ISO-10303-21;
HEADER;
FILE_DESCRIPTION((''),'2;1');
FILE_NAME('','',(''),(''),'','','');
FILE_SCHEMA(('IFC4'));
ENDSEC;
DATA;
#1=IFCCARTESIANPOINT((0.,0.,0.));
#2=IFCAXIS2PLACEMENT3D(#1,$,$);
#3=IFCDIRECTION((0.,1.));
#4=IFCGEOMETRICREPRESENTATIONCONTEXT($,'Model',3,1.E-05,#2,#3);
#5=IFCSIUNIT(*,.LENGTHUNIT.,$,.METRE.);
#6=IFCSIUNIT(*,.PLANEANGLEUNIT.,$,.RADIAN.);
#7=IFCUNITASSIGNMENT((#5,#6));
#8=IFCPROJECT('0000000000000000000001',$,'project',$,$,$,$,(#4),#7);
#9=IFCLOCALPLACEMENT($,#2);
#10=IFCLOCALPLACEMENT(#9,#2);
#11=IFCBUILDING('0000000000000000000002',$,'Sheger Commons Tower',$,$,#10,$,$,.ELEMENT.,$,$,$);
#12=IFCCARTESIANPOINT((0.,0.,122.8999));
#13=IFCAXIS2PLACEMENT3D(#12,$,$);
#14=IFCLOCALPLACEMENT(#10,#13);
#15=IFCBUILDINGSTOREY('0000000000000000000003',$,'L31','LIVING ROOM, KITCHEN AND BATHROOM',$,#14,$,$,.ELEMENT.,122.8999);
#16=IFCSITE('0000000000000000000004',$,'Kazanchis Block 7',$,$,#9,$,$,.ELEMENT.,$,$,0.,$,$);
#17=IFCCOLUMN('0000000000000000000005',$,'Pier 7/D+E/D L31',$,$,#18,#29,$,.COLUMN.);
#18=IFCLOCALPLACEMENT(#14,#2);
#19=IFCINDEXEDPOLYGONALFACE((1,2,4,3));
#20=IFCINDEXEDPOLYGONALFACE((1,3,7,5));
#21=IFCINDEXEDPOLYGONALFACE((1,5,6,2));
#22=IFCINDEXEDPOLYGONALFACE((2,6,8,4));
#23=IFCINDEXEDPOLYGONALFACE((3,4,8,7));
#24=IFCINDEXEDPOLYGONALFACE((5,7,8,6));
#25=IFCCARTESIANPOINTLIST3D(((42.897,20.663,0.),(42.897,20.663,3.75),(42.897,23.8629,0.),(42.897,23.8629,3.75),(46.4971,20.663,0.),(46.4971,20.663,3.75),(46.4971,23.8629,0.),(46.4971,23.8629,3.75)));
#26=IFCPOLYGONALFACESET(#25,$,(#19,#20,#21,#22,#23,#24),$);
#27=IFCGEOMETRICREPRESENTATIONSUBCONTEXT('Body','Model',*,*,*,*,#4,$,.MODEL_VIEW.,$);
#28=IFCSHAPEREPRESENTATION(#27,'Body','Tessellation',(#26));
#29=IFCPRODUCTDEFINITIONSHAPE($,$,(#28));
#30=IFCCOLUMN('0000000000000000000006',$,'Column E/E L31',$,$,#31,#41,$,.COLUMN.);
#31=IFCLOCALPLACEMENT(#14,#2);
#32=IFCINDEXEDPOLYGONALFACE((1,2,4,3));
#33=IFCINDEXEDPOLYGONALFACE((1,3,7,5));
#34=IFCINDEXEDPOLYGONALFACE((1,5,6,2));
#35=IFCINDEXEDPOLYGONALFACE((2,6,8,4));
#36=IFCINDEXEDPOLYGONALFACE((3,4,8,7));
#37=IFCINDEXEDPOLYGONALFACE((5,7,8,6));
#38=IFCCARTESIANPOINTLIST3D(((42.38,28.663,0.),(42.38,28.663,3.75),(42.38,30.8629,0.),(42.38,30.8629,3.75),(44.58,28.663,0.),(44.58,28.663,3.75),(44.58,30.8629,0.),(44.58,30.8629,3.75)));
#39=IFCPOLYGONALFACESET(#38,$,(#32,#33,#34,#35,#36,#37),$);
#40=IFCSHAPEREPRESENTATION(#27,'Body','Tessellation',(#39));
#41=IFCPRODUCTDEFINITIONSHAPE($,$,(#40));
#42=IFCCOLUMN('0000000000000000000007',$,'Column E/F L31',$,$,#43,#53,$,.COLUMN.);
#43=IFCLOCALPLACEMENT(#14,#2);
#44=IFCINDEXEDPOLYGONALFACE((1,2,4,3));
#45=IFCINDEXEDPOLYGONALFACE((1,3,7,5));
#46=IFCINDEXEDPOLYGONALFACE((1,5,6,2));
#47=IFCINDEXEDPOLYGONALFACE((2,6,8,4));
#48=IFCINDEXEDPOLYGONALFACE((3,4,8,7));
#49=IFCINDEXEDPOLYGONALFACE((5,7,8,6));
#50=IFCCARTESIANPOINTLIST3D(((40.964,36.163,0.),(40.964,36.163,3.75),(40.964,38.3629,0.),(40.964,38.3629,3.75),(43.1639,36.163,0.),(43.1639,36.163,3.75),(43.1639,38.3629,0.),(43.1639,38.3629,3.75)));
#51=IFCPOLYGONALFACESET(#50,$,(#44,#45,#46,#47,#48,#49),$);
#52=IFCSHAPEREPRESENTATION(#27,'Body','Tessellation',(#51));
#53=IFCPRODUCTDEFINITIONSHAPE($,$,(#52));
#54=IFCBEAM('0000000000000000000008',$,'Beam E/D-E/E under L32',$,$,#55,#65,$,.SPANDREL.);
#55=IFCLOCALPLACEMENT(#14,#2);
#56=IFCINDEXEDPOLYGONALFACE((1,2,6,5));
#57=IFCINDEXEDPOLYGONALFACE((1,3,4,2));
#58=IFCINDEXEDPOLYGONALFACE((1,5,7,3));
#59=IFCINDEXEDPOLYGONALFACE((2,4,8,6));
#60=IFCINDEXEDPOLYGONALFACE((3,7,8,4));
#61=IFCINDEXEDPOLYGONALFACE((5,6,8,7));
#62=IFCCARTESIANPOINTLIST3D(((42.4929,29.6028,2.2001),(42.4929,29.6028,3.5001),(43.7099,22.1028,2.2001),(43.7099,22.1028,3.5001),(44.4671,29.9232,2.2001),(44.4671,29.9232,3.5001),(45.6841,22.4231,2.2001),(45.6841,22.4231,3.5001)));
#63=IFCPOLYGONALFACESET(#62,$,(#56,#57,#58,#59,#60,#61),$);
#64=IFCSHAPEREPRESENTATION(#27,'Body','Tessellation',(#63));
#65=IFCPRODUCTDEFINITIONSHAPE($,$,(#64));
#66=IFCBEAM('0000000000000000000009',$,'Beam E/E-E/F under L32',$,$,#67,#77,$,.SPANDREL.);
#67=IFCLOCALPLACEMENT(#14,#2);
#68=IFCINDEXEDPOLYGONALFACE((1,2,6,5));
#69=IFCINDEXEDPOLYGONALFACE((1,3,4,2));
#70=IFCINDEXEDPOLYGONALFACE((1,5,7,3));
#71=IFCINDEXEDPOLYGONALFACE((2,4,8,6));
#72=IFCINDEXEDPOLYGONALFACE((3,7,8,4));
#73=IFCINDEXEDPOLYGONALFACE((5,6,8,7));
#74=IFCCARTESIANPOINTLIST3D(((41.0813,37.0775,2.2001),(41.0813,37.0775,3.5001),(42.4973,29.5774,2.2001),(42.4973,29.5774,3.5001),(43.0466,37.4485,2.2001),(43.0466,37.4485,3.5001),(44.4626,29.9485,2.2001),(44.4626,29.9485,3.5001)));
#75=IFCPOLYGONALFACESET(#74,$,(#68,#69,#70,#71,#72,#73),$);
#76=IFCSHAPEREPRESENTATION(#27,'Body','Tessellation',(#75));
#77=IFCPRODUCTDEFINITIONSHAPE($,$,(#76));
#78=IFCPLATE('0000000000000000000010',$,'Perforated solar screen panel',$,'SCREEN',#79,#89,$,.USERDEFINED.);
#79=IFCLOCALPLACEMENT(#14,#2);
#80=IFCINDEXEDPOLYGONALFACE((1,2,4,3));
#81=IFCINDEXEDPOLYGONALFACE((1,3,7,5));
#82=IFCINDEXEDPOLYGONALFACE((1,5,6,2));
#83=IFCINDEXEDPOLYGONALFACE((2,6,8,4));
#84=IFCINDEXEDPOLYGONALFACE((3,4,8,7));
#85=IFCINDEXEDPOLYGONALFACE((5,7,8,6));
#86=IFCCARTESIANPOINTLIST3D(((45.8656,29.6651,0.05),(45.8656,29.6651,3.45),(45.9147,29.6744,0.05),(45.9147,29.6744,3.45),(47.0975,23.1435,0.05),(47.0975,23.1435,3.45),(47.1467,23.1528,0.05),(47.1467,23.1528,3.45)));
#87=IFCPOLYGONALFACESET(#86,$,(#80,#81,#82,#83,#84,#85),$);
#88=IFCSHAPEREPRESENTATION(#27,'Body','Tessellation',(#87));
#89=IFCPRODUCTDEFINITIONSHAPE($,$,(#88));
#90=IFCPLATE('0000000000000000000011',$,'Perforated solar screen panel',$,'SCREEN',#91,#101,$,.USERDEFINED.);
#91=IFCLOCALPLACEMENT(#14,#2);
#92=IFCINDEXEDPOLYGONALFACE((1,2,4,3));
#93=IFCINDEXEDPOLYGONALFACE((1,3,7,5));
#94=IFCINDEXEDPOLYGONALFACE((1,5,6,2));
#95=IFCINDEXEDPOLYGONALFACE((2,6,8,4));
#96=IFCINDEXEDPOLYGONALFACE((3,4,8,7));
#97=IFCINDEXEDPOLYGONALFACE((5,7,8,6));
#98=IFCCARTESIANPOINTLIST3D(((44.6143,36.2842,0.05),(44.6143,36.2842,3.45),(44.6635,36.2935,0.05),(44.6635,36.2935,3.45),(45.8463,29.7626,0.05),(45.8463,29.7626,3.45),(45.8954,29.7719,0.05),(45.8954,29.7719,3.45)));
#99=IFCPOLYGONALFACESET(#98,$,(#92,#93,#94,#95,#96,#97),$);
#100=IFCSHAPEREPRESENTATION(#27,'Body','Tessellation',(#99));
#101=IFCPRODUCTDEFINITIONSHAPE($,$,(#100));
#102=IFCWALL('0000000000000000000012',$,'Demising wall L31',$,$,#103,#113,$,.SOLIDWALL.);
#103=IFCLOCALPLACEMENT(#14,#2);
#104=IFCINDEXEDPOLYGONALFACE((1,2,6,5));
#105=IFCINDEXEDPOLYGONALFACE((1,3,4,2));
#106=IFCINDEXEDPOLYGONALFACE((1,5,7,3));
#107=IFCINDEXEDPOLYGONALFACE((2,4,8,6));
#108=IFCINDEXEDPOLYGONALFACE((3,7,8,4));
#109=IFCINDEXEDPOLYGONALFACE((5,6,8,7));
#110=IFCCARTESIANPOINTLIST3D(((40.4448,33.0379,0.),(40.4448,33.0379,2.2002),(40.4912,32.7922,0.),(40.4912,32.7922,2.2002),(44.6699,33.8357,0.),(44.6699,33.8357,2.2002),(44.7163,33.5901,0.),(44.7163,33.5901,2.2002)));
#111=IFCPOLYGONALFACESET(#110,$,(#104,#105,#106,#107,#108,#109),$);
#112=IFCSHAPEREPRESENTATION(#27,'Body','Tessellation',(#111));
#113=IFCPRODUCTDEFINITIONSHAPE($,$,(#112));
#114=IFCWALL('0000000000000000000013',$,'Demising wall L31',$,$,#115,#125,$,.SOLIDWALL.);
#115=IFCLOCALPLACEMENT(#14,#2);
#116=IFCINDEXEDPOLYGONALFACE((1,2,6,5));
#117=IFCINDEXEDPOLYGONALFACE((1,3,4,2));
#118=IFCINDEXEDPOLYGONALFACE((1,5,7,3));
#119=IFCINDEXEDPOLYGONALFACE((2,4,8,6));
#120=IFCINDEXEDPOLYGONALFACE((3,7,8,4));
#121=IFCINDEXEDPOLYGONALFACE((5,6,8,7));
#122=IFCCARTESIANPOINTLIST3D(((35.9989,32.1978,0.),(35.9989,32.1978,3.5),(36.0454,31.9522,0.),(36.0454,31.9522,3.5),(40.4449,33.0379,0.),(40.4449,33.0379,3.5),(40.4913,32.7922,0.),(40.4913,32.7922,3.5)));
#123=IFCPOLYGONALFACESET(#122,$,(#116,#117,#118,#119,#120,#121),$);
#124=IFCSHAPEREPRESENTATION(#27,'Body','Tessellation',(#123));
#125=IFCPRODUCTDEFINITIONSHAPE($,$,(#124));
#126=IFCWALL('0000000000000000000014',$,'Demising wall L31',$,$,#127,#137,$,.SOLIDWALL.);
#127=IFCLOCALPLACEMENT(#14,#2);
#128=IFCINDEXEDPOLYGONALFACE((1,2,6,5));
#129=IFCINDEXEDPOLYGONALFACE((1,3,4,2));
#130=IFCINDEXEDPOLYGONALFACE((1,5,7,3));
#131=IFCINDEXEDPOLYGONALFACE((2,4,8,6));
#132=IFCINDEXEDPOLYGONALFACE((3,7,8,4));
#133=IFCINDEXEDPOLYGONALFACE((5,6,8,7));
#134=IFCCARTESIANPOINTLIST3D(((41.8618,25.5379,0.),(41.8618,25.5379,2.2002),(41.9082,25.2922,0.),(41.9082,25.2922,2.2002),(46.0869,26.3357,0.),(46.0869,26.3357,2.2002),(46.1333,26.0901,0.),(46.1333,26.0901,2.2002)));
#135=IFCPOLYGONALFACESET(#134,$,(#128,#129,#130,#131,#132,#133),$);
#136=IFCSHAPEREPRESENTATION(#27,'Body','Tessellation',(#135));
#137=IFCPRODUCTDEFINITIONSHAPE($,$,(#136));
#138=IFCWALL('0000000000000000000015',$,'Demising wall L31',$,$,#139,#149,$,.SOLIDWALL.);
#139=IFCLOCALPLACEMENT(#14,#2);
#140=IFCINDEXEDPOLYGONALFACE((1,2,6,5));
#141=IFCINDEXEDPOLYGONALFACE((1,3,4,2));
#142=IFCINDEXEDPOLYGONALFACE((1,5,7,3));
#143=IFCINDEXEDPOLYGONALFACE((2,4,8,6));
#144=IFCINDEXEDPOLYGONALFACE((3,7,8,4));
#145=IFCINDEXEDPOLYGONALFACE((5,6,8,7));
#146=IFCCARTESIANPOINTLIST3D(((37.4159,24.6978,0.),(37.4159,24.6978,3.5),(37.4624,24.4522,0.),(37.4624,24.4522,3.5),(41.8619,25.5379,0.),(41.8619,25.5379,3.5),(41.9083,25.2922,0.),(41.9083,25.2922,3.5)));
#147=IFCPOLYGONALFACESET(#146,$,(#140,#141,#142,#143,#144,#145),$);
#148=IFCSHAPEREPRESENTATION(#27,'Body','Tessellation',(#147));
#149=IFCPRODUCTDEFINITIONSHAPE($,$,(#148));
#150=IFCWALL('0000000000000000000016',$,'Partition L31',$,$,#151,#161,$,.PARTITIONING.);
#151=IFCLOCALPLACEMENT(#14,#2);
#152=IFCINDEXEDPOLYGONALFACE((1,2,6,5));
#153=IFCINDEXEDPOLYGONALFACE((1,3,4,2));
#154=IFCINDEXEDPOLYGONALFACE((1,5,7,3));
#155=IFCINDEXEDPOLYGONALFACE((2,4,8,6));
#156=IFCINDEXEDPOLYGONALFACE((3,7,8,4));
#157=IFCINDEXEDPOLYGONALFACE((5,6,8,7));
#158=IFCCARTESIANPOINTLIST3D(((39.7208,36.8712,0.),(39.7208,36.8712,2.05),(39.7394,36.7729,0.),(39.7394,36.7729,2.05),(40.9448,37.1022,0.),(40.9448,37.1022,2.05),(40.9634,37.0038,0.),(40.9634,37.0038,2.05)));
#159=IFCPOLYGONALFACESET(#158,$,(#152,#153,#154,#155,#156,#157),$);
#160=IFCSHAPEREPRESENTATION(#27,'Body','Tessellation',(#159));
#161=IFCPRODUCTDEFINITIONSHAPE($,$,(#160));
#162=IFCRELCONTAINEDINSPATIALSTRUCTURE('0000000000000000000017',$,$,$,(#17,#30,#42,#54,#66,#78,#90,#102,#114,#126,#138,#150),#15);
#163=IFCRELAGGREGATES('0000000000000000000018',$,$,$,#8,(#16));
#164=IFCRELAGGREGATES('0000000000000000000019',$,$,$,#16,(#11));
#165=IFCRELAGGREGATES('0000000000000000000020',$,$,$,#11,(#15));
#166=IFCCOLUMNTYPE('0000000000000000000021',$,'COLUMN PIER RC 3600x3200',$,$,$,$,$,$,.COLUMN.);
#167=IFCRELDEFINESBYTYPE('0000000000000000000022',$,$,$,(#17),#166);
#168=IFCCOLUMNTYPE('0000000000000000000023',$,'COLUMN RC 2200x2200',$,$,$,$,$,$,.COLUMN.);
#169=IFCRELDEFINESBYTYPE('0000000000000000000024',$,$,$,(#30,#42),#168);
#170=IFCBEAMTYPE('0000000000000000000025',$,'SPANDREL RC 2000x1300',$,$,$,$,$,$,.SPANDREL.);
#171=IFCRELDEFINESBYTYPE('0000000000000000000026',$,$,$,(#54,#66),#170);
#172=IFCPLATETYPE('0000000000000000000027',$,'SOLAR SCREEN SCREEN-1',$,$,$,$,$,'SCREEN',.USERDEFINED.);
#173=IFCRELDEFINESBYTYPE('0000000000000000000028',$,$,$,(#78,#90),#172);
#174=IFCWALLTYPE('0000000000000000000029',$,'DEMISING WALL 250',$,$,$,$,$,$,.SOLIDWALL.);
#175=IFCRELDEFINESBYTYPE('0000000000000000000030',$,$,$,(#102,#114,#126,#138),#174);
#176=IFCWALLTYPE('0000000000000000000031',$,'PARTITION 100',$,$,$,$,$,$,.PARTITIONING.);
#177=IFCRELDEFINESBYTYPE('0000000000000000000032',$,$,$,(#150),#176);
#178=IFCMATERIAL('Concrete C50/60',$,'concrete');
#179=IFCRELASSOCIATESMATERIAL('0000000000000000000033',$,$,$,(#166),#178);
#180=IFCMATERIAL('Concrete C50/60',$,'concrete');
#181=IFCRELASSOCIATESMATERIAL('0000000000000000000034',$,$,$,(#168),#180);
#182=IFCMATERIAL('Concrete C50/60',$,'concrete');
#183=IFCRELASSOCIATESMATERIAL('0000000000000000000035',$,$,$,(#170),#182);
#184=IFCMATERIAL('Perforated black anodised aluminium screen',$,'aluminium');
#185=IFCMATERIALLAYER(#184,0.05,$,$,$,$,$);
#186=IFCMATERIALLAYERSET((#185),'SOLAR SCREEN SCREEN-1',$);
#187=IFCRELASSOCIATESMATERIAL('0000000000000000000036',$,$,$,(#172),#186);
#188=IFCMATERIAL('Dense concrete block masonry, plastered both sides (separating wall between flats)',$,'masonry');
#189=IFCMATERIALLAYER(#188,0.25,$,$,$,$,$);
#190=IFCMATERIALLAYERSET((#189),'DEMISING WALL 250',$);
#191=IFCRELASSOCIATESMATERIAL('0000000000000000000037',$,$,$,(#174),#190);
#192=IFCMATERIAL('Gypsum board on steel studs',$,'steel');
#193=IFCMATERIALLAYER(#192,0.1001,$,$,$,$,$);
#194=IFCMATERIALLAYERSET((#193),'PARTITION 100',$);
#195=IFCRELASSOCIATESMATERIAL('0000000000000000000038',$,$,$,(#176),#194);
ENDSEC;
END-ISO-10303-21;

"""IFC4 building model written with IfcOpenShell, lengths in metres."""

from ifc_helpers import new_model, si_unit, direction, frame, frame_2d, origin, origin_2d, place, context, subcontext, project, spatial, rectangle, extrude, material, layer, layer_set, material_profile, profile_set, type_object, element, save


model = new_model("IFC4")

# Units and contexts
model_context = context("Model", 3, precision=1e-05, world=origin(), true_north=direction((0.0, 1.0)))
body_context = subcontext(model_context, "Body", "Model", "MODEL_VIEW")
ifc_project = project(units=[si_unit("LENGTHUNIT", "METRE"), si_unit("PLANEANGLEUNIT", "RADIAN")], contexts=[model_context])

# Site, building, storey
site_placement = place(None, origin())
site = spatial("IfcSite", under=ifc_project, at=site_placement, Name="Kazanchis Block 7", CompositionType="ELEMENT", RefElevation=0.0)
building_placement = place(site_placement, origin())
building = spatial("IfcBuilding", under=site, at=building_placement, Name="Sheger Commons Tower", CompositionType="ELEMENT")
storey_placement = place(building_placement, frame((0.0, 0.0, 122.8999)))
storey = spatial("IfcBuildingStorey", under=building, at=storey_placement, Name="L31", Description="LIVING ROOM, KITCHEN AND BATHROOM", CompositionType="ELEMENT", Elevation=122.8999)

# Columns
ifc_material_1 = material(Name="Concrete C50/60", Category="concrete")
ifc_material_profile_1 = material_profile(ifc_material_1, rectangle(XDim=3.6001, YDim=3.2, at=origin_2d()), Name="RC 3600x3200")
ifc_profile_set_1 = profile_set([ifc_material_profile_1], Name="Concrete C50/60")
column_type_1 = type_object("IfcColumnType", Name="COLUMN PIER RC 3600x3200", PredefinedType="COLUMN", material=ifc_profile_set_1)
column_placement = place(storey_placement, frame((44.697, 22.2629, 0.0), z_axis=(0.0, 0.0, 1.0), x_axis=(1.0, 0.0, 0.0)))
element("IfcColumn", 1, at=column_placement, inside=storey, type_object=column_type_1, Name="Pier 7/D+E/D L31", PredefinedType="COLUMN", context=body_context, shape_type="SweptSolid", body=[
    extrude(rectangle(XDim=3.6001, YDim=3.2, at=origin_2d()), origin(), (0.0, 0.0, 1.0), 3.75),
])
ifc_material_2 = material(Name="Concrete C50/60", Category="concrete")
ifc_material_profile_2 = material_profile(ifc_material_2, rectangle(XDim=2.2, YDim=2.2, at=origin_2d()), Name="RC 2200x2200")
ifc_profile_set_2 = profile_set([ifc_material_profile_2], Name="Concrete C50/60")
column_type_2 = type_object("IfcColumnType", Name="COLUMN RC 2200x2200", PredefinedType="COLUMN", material=ifc_profile_set_2)
for number, where, z_axis, x_axis, name in (
    (2, (43.48, 29.7629, 0.0), (0.0, 0.0, 1.0), (1.0, 0.0, 0.0), "Column E/E L31"),
    (3, (42.064, 37.2629, 0.0), (0.0, 0.0, 1.0), (1.0, 0.0, 0.0), "Column E/F L31"),
):
    element("IfcColumn", number, at=place(storey_placement, frame(where, z_axis=z_axis, x_axis=x_axis)), inside=storey, type_object=column_type_2, Name=name, PredefinedType="COLUMN", context=body_context, shape_type="SweptSolid", body=[
        extrude(rectangle(XDim=2.2, YDim=2.2, at=origin_2d()), origin(), (0.0, 0.0, 1.0), 3.75),
    ])

# Beams
ifc_material_3 = material(Name="Concrete C50/60", Category="concrete")
ifc_material_profile_3 = material_profile(ifc_material_3, rectangle(XDim=2.0, YDim=1.3, at=origin_2d()), Name="RC 2000x1300")
ifc_profile_set_3 = profile_set([ifc_material_profile_3], Name="Concrete C50/60")
beam_type = type_object("IfcBeamType", Name="SPANDREL RC 2000x1300", PredefinedType="SPANDREL", material=ifc_profile_set_3)
beam_1_placement = place(storey_placement, frame((44.697, 22.2629, 2.8501), z_axis=(-0.160177, 0.987088, 0.0), x_axis=(-0.987088, -0.160177, 0.0)))
element("IfcBeam", 4, at=beam_1_placement, inside=storey, type_object=beam_type, Name="Beam E/D-E/E under L32", PredefinedType="SPANDREL", context=body_context, shape_type="SweptSolid", body=[
    extrude(rectangle(XDim=2.0, YDim=1.3, at=origin_2d()), origin(), (0.0, 0.0, 1.0), 7.5981),
])
beam_2_placement = place(storey_placement, frame((43.48, 29.7629, 2.8501), z_axis=(-0.185524, 0.98264, 0.0), x_axis=(-0.98264, -0.185524, 0.0)))
element("IfcBeam", 5, at=beam_2_placement, inside=storey, type_object=beam_type, Name="Beam E/E-E/F under L32", PredefinedType="SPANDREL", context=body_context, shape_type="SweptSolid", body=[
    extrude(rectangle(XDim=2.0, YDim=1.3, at=origin_2d()), origin(), (0.0, 0.0, 1.0), 7.6326),
])

# Plates
ifc_material_4 = material(Name="Perforated black anodised aluminium screen", Category="aluminium")
ifc_layer_1 = layer(ifc_material_4, 0.05)
ifc_layer_set_1 = layer_set([ifc_layer_1], Name="SOLAR SCREEN SCREEN-1")
plate_type = type_object("IfcPlateType", Name="SOLAR SCREEN SCREEN-1", ElementType="SCREEN", PredefinedType="USERDEFINED", material=ifc_layer_set_1)
for number, where, z_axis, x_axis, name in (
    (6, (46.5061, 26.4089, 0.05), (0.0, 0.0, 1.0), (-0.185615, 0.982623, 0.0), "Perforated solar screen panel"),
    (7, (45.2549, 33.0281, 0.05), (0.0, 0.0, 1.0), (-0.185615, 0.982623, 0.0), "Perforated solar screen panel"),
):
    element("IfcPlate", number, at=place(storey_placement, frame(where, z_axis=z_axis, x_axis=x_axis)), inside=storey, type_object=plate_type, Name=name, ObjectType="SCREEN", PredefinedType="USERDEFINED", context=body_context, shape_type="SweptSolid", body=[
        extrude(rectangle(XDim=6.637, YDim=0.05, at=origin_2d()), origin(), (0.0, 0.0, 1.0), 3.3999),
    ])

# Walls
ifc_material_5 = material(Name="Dense concrete block masonry, plastered both sides (separating wall between flats)", Category="masonry")
ifc_layer_2 = layer(ifc_material_5, 0.25)
ifc_layer_set_2 = layer_set([ifc_layer_2], Name="DEMISING WALL 250")
wall_type_1 = type_object("IfcWallType", Name="DEMISING WALL 250", PredefinedType="SOLIDWALL", material=ifc_layer_set_2)
wall_1_placement = place(storey_placement, frame((44.6931, 33.7129, 0.0), z_axis=(0.0, 0.0, 1.0), x_axis=(-0.982634, -0.185557, 0.0)))
element("IfcWall", 8, at=wall_1_placement, inside=storey, type_object=wall_type_1, Name="Demising wall L31", PredefinedType="SOLIDWALL", context=body_context, shape_type="SweptSolid", body=[
    extrude(rectangle(XDim=4.2998, YDim=0.25, at=frame_2d((2.1499, 0.0))), origin(), (0.0, 0.0, 1.0), 2.2002),
])
wall_2_placement = place(storey_placement, frame((40.468, 32.915, 0.0), z_axis=(0.0, 0.0, 1.0), x_axis=(-0.982613, -0.185666, 0.0)))
element("IfcWall", 9, at=wall_2_placement, inside=storey, type_object=wall_type_1, Name="Demising wall L31", PredefinedType="SOLIDWALL", context=body_context, shape_type="SweptSolid", body=[
    extrude(rectangle(XDim=4.5247, YDim=0.25, at=frame_2d((2.2622, 0.0))), origin(), (0.0, 0.0, 1.0), 3.5),
])
wall_3_placement = place(storey_placement, frame((46.1101, 26.2129, 0.0), z_axis=(0.0, 0.0, 1.0), x_axis=(-0.982634, -0.185557, 0.0)))
element("IfcWall", 10, at=wall_3_placement, inside=storey, type_object=wall_type_1, Name="Demising wall L31", PredefinedType="SOLIDWALL", context=body_context, shape_type="SweptSolid", body=[
    extrude(rectangle(XDim=4.2998, YDim=0.25, at=frame_2d((2.1499, 0.0))), origin(), (0.0, 0.0, 1.0), 2.2002),
])
wall_4_placement = place(storey_placement, frame((41.885, 25.415, 0.0), z_axis=(0.0, 0.0, 1.0), x_axis=(-0.982613, -0.185666, 0.0)))
element("IfcWall", 11, at=wall_4_placement, inside=storey, type_object=wall_type_1, Name="Demising wall L31", PredefinedType="SOLIDWALL", context=body_context, shape_type="SweptSolid", body=[
    extrude(rectangle(XDim=4.5247, YDim=0.25, at=frame_2d((2.2622, 0.0))), origin(), (0.0, 0.0, 1.0), 3.5),
])
ifc_material_6 = material(Name="Gypsum board on steel studs", Category="steel")
ifc_layer_3 = layer(ifc_material_6, 0.1001)
ifc_layer_set_3 = layer_set([ifc_layer_3], Name="PARTITION 100")
wall_type_2 = type_object("IfcWallType", Name="PARTITION 100", PredefinedType="PARTITIONING", material=ifc_layer_set_3)
wall_5_placement = place(storey_placement, frame((40.9541, 37.053, 0.0), z_axis=(0.0, 0.0, 1.0), x_axis=(-0.982663, -0.185401, 0.0)))
element("IfcWall", 12, at=wall_5_placement, inside=storey, type_object=wall_type_2, Name="Partition L31", PredefinedType="PARTITIONING", context=body_context, shape_type="SweptSolid", body=[
    extrude(rectangle(XDim=1.2456, YDim=0.1001, at=frame_2d((0.6228, 0.0))), origin(), (0.0, 0.0, 1.0), 2.05),
])

save(model, "model.ifc")
